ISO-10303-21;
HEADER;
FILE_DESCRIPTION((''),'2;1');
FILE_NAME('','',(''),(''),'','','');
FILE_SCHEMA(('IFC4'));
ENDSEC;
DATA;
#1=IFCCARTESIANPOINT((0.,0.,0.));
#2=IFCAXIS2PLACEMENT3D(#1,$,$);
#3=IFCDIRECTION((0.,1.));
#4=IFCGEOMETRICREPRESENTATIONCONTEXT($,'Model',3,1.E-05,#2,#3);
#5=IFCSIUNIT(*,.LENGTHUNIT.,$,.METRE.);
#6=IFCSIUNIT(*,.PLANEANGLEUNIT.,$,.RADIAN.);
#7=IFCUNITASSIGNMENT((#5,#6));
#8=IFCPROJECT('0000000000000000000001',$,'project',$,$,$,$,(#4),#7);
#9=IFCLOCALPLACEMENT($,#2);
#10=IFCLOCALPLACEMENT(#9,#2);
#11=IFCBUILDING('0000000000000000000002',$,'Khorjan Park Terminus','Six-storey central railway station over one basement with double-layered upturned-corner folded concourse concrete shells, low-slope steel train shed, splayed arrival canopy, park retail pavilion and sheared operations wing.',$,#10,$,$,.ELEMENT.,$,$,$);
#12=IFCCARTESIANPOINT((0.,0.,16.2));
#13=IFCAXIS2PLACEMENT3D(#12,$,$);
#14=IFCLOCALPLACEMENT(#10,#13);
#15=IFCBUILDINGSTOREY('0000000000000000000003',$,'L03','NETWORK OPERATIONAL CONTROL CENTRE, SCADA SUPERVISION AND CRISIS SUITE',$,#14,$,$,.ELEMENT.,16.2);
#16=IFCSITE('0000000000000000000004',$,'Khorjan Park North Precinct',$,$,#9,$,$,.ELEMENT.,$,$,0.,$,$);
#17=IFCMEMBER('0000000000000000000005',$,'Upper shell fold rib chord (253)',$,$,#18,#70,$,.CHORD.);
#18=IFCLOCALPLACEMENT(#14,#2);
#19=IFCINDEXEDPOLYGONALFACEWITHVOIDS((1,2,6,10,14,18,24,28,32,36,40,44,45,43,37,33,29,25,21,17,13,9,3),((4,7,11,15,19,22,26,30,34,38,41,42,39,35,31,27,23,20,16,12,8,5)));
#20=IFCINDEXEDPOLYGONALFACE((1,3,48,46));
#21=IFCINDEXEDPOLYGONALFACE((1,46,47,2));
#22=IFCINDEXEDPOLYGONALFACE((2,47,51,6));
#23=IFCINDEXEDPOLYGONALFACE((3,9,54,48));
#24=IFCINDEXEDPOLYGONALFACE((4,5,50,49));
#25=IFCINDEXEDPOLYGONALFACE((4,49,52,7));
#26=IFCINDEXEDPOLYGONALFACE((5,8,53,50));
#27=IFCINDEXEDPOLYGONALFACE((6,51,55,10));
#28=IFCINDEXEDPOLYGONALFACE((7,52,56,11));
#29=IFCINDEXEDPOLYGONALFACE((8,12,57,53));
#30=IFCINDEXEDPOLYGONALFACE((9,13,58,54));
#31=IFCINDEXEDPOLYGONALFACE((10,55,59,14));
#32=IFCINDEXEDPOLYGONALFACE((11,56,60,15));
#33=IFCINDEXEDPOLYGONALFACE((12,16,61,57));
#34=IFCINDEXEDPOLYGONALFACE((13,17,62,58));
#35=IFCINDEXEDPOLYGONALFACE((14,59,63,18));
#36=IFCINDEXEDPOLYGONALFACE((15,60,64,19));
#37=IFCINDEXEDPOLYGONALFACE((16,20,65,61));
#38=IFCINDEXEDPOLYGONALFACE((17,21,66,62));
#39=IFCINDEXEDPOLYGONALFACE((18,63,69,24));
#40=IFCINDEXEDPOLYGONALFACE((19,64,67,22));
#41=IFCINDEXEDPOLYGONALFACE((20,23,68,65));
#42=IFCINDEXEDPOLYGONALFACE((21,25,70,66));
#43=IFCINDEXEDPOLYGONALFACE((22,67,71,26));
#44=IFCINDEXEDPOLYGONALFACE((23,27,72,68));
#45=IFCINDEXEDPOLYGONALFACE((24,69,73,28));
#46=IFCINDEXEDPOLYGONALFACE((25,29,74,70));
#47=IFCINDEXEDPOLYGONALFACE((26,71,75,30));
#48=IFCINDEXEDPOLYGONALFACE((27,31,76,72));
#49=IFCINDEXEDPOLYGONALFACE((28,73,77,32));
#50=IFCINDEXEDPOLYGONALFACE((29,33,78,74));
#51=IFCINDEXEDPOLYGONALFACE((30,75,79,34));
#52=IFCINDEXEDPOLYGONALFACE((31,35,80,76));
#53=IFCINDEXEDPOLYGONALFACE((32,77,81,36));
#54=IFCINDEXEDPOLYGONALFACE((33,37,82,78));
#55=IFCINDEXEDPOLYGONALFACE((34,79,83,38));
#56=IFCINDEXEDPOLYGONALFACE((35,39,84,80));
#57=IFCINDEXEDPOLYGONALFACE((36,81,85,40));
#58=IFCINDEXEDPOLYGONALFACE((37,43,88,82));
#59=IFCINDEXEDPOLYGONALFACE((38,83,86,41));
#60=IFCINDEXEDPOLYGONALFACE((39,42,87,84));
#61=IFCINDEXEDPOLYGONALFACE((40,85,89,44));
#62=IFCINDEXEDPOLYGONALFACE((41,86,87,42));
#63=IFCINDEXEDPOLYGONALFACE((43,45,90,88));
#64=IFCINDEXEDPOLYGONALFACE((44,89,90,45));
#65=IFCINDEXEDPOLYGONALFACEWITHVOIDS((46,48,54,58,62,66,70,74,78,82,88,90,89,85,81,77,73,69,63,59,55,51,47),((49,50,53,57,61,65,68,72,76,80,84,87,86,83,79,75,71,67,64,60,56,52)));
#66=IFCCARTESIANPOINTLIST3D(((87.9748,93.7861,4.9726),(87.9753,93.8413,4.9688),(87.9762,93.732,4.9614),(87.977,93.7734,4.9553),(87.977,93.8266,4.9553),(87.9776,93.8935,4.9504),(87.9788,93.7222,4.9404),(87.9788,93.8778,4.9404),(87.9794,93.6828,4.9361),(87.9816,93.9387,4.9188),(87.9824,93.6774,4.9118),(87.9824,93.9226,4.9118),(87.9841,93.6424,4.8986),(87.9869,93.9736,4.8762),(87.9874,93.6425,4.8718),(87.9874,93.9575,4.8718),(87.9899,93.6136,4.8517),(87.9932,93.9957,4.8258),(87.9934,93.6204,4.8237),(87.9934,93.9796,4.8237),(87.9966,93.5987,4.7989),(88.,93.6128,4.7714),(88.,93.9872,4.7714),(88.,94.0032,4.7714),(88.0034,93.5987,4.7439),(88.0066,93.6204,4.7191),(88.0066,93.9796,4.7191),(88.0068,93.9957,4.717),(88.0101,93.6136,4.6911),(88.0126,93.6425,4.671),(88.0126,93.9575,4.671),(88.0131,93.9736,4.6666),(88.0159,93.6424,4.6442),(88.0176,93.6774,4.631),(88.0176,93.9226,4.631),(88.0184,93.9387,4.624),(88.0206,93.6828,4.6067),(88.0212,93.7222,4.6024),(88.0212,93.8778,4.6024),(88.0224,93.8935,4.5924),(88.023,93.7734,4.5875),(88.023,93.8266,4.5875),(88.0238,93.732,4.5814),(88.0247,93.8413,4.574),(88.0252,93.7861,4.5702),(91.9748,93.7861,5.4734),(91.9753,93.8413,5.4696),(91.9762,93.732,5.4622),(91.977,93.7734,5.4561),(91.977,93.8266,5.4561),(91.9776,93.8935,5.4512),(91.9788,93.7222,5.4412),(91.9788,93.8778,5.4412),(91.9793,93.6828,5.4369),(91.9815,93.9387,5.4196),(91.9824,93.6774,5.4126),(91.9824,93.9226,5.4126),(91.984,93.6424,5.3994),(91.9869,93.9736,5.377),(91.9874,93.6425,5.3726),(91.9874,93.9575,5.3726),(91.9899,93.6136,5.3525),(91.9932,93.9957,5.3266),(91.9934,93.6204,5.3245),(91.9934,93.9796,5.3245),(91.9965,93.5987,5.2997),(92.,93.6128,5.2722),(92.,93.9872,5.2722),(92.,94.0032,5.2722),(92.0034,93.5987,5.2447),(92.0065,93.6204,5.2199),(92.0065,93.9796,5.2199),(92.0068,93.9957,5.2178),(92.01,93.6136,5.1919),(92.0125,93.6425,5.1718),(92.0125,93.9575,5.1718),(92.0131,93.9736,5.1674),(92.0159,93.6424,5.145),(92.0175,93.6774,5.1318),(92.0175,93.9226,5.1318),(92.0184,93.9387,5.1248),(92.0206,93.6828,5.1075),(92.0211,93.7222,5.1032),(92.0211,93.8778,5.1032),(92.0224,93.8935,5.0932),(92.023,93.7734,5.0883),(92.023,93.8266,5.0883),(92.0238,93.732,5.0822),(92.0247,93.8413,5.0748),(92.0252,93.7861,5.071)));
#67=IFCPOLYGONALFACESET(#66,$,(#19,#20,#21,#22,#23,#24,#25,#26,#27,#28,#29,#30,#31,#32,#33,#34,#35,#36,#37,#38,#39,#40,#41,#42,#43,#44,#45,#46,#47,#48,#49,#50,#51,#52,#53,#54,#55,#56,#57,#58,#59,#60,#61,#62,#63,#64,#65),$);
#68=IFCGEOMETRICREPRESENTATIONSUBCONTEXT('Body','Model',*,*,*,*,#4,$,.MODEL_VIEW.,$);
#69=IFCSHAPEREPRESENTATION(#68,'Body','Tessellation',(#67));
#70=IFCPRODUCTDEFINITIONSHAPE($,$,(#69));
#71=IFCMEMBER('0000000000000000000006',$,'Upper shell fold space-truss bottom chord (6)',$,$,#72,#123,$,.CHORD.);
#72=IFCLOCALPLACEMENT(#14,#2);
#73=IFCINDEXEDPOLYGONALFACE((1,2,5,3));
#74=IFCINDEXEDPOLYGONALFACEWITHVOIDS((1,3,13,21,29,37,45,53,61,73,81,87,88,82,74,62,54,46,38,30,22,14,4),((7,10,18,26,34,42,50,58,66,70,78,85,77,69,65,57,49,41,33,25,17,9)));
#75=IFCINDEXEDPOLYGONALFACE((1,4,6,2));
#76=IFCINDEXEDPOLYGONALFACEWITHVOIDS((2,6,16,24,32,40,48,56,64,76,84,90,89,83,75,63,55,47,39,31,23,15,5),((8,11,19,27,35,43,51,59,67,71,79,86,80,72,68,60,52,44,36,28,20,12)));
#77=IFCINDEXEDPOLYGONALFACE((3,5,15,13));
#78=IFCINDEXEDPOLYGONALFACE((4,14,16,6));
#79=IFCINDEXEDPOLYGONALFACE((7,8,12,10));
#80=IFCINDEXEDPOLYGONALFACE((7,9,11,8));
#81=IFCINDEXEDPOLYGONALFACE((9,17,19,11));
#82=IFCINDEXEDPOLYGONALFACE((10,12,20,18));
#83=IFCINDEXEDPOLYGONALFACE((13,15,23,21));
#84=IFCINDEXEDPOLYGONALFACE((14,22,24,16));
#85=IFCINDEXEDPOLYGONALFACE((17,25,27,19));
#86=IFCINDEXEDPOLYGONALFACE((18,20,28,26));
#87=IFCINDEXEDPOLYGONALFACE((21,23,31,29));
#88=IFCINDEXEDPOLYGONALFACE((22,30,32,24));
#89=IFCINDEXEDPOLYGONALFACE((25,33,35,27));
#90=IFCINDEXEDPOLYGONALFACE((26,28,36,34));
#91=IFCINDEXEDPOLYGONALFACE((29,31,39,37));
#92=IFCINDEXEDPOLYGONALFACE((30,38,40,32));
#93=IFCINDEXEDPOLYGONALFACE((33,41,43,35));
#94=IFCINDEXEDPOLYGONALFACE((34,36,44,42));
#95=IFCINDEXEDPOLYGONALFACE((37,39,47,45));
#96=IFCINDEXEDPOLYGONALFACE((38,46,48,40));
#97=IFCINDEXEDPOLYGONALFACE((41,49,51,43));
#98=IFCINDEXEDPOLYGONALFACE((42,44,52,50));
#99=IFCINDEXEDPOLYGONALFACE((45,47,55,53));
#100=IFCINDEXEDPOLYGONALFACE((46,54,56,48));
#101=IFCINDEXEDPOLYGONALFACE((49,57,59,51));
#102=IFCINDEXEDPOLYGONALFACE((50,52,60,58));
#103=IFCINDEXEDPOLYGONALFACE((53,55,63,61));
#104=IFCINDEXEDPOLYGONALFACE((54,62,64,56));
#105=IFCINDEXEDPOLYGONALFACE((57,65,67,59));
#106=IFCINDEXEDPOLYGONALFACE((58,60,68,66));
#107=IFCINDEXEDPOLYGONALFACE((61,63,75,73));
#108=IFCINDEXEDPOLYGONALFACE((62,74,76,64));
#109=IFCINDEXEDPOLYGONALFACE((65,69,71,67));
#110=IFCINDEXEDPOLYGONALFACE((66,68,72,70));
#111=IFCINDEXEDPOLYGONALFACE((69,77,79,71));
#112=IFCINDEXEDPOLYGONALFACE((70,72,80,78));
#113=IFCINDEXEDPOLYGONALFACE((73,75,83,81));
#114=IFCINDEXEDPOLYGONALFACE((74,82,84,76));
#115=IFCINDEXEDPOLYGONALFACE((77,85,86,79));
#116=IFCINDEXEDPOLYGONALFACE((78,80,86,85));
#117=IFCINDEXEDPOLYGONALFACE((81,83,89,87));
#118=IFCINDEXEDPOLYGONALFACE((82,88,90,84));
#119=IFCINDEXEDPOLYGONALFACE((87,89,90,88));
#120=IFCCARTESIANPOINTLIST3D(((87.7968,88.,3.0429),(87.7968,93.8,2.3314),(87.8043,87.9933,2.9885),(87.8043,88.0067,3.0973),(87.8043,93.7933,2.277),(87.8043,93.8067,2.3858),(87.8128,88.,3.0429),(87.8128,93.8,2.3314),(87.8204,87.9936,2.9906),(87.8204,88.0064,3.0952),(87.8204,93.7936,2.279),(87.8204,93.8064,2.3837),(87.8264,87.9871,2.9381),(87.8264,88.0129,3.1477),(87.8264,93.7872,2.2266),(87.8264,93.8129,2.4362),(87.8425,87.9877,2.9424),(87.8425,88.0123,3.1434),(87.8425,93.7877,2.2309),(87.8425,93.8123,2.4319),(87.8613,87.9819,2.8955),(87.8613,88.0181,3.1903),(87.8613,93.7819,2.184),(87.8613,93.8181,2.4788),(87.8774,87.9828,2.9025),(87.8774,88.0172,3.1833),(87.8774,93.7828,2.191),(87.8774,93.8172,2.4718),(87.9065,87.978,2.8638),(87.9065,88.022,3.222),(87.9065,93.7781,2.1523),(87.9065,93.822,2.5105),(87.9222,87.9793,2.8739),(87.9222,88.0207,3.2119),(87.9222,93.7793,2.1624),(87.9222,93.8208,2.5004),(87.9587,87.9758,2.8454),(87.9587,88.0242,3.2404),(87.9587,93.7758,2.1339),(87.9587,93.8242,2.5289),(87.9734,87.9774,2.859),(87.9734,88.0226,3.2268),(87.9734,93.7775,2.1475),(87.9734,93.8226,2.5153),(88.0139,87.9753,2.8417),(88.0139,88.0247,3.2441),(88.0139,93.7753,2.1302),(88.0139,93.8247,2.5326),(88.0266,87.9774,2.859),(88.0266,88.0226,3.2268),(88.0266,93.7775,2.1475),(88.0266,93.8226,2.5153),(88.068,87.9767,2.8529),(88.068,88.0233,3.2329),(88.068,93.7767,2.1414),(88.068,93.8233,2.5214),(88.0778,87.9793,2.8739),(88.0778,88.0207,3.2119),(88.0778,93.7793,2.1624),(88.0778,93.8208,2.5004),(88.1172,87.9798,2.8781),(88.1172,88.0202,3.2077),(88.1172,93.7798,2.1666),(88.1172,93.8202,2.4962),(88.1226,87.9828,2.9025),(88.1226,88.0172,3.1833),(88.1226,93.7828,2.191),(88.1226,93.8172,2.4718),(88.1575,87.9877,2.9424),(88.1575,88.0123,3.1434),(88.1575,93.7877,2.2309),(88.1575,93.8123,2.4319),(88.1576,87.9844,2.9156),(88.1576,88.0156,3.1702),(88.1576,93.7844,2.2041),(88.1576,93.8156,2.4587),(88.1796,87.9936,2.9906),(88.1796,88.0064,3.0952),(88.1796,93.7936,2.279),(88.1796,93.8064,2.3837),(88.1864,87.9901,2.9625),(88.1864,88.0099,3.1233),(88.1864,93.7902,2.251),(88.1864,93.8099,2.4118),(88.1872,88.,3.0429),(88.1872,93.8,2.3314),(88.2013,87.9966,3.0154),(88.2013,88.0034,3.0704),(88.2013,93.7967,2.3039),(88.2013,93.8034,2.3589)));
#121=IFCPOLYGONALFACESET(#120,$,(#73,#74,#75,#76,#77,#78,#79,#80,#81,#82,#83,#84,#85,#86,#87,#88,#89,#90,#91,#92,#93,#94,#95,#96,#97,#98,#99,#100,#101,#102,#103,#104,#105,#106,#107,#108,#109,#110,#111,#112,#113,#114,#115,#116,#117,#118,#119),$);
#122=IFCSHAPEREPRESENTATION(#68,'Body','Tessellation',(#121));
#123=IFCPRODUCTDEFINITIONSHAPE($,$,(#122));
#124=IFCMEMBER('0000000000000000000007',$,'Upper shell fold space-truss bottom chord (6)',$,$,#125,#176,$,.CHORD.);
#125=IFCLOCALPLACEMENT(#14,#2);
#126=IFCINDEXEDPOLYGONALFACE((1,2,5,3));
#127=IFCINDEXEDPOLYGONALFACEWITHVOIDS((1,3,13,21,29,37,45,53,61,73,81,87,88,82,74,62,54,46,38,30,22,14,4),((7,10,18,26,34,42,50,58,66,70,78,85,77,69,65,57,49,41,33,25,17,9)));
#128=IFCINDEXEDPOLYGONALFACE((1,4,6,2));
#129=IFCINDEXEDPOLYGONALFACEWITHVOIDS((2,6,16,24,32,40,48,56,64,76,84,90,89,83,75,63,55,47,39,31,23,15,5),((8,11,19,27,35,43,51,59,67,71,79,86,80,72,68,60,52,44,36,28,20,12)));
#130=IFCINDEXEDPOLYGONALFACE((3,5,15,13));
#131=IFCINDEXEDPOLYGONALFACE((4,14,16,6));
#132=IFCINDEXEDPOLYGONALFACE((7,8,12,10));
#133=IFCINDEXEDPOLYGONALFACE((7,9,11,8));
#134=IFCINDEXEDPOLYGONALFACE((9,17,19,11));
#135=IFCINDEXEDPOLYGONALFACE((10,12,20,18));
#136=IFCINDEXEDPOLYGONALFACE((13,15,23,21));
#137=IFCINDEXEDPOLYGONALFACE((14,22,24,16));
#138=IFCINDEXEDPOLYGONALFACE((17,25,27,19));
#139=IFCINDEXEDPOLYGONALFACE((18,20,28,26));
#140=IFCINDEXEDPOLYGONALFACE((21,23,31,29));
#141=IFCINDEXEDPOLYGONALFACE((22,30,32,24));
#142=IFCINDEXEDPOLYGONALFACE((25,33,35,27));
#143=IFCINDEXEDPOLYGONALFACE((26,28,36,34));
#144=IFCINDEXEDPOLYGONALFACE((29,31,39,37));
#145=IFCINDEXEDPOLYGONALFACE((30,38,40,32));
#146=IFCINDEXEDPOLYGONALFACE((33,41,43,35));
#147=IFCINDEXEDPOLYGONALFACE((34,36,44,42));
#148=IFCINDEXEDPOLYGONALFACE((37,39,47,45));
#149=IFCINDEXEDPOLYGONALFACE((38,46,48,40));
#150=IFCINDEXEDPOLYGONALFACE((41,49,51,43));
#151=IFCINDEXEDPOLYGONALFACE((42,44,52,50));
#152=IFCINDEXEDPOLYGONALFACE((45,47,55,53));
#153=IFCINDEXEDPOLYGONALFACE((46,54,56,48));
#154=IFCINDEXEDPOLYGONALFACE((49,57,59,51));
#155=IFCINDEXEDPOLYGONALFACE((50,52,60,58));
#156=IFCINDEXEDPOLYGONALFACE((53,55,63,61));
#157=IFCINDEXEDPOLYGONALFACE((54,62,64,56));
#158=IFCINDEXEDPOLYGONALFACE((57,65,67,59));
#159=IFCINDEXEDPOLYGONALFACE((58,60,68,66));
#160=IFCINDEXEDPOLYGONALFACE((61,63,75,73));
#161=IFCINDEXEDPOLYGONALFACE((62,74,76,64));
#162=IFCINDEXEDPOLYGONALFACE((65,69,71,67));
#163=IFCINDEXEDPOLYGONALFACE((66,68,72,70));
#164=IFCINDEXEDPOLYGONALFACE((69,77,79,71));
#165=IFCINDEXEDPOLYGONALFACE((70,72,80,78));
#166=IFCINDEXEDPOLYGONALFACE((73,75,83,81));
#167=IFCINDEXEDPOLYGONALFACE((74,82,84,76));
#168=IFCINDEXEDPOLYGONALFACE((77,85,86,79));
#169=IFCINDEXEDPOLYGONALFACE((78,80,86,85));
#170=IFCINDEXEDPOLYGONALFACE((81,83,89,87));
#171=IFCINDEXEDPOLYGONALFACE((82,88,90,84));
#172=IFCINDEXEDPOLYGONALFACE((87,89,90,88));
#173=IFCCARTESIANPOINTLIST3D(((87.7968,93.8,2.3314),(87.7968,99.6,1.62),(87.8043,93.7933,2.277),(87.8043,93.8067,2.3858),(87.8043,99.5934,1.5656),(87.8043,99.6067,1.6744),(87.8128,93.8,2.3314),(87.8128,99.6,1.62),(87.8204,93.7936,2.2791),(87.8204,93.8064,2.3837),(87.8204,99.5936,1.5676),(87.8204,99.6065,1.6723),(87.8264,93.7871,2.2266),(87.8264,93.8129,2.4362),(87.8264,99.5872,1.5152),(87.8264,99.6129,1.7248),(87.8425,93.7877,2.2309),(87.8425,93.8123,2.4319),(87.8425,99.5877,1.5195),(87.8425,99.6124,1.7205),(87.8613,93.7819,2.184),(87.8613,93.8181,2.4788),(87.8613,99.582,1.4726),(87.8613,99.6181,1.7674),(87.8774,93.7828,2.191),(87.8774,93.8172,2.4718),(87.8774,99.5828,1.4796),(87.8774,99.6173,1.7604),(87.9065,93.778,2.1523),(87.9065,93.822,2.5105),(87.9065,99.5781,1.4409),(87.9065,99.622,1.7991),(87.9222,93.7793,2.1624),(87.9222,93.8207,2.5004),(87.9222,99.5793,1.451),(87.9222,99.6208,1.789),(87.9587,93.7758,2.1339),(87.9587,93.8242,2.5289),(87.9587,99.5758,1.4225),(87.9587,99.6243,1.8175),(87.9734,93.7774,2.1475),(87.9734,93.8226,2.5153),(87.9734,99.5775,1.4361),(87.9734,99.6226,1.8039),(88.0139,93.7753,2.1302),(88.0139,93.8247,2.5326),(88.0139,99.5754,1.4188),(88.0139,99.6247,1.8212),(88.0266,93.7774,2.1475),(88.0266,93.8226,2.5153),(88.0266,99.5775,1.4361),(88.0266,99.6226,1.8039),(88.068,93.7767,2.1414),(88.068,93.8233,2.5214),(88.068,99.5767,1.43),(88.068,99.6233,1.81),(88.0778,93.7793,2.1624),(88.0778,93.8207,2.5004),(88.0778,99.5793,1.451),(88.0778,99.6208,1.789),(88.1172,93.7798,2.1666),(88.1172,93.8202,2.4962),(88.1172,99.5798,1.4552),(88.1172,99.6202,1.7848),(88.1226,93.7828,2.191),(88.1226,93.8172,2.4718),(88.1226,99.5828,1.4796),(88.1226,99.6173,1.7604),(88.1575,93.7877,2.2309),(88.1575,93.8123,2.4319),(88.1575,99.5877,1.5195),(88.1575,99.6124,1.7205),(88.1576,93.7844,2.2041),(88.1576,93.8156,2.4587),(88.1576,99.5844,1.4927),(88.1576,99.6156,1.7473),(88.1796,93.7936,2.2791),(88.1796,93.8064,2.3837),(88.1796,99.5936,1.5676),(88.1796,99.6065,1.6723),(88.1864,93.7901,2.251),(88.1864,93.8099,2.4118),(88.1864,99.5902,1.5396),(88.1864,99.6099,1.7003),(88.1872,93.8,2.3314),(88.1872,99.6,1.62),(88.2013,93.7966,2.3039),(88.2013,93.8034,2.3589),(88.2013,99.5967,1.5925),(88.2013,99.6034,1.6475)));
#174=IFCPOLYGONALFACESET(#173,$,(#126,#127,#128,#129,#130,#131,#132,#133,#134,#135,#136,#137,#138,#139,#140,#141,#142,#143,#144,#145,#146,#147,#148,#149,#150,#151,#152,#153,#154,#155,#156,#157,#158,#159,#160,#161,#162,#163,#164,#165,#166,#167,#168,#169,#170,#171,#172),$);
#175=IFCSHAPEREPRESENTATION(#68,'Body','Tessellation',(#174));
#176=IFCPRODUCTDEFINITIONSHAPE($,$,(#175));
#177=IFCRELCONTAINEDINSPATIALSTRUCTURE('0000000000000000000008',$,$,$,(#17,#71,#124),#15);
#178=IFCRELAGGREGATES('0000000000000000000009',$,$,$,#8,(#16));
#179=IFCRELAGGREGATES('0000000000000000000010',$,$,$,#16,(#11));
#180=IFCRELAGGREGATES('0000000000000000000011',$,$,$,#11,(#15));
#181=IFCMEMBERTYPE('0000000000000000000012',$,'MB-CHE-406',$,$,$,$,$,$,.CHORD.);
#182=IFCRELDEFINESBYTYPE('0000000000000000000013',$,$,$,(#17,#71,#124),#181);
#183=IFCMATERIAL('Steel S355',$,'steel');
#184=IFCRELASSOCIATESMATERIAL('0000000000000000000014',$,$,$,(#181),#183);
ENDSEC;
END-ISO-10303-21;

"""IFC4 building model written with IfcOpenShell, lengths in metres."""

from ifc_helpers import new_model, si_unit, direction, frame, origin, origin_2d, place, context, subcontext, project, spatial, hollow_circle, extrude, material, material_profile, profile_set, type_object, element, save


model = new_model("IFC4")

# Units and contexts
model_context = context("Model", 3, precision=1e-05, world=origin(), true_north=direction((0.0, 1.0)))
body_context = subcontext(model_context, "Body", "Model", "MODEL_VIEW")
ifc_project = project(units=[si_unit("LENGTHUNIT", "METRE"), si_unit("PLANEANGLEUNIT", "RADIAN")], contexts=[model_context])

# Site, building, storey
site_placement = place(None, origin())
site = spatial("IfcSite", under=ifc_project, at=site_placement, Name="Khorjan Park North Precinct", CompositionType="ELEMENT", RefElevation=0.0)
building_placement = place(site_placement, origin())
building = spatial("IfcBuilding", under=site, at=building_placement, Name="Khorjan Park Terminus", Description="Six-storey central railway station over one basement with double-layered upturned-corner folded concourse concrete shells, low-slope steel train shed, splayed arrival canopy, park retail pavilion and sheared operations wing.", CompositionType="ELEMENT")
storey_placement = place(building_placement, frame((0.0, 0.0, 16.2)))
storey = spatial("IfcBuildingStorey", under=building, at=storey_placement, Name="L03", Description="NETWORK OPERATIONAL CONTROL CENTRE, SCADA SUPERVISION AND CRISIS SUITE", CompositionType="ELEMENT", Elevation=16.2)

# Members
ifc_material_1 = material(Name="Steel S355", Category="steel")
ifc_material_profile_1 = material_profile(ifc_material_1, hollow_circle(Radius=0.2032, WallThickness=0.016, at=origin_2d()), Name="CHS 406.4x16")
ifc_profile_set_1 = profile_set([ifc_material_profile_1], Name="Steel S355")
member_type_1 = type_object("IfcMemberType", Name="MB-CHE-406", PredefinedType="CHORD", material=ifc_profile_set_1)
member_1_placement = place(storey_placement, frame((88.0, 93.8, 4.7714), z_axis=(0.992253, 0.0, 0.12423), x_axis=(0.0, 1.0, 0.0)))
element("IfcMember", 1, at=member_1_placement, inside=storey, type_object=member_type_1, Name="Upper shell fold rib chord (253)", PredefinedType="CHORD", context=body_context, shape_type="SweptSolid", body=[
    extrude(hollow_circle(Radius=0.2032, WallThickness=0.016, at=origin_2d()), origin(), (0.0, 0.0, 1.0), 4.0312),
])
for number, where, z_axis, x_axis, name in (
    (2, (88.0, 88.0, 3.0429), (0.0, 0.99256, -0.12176), (-1.0, 0.0, 0.0), "Upper shell fold space-truss bottom chord (6)"),
    (3, (88.0, 93.8, 2.3314), (0.0, 0.992562, -0.121743), (-1.0, 0.0, 0.0), "Upper shell fold space-truss bottom chord (6)"),
):
    element("IfcMember", number, at=place(storey_placement, frame(where, z_axis=z_axis, x_axis=x_axis)), inside=storey, type_object=member_type_1, Name=name, PredefinedType="CHORD", context=body_context, shape_type="SweptSolid", body=[
        extrude(hollow_circle(Radius=0.2032, WallThickness=0.016, at=origin_2d()), origin(), (0.0, 0.0, 1.0), 5.8435),
    ])

save(model, "model.ifc")
